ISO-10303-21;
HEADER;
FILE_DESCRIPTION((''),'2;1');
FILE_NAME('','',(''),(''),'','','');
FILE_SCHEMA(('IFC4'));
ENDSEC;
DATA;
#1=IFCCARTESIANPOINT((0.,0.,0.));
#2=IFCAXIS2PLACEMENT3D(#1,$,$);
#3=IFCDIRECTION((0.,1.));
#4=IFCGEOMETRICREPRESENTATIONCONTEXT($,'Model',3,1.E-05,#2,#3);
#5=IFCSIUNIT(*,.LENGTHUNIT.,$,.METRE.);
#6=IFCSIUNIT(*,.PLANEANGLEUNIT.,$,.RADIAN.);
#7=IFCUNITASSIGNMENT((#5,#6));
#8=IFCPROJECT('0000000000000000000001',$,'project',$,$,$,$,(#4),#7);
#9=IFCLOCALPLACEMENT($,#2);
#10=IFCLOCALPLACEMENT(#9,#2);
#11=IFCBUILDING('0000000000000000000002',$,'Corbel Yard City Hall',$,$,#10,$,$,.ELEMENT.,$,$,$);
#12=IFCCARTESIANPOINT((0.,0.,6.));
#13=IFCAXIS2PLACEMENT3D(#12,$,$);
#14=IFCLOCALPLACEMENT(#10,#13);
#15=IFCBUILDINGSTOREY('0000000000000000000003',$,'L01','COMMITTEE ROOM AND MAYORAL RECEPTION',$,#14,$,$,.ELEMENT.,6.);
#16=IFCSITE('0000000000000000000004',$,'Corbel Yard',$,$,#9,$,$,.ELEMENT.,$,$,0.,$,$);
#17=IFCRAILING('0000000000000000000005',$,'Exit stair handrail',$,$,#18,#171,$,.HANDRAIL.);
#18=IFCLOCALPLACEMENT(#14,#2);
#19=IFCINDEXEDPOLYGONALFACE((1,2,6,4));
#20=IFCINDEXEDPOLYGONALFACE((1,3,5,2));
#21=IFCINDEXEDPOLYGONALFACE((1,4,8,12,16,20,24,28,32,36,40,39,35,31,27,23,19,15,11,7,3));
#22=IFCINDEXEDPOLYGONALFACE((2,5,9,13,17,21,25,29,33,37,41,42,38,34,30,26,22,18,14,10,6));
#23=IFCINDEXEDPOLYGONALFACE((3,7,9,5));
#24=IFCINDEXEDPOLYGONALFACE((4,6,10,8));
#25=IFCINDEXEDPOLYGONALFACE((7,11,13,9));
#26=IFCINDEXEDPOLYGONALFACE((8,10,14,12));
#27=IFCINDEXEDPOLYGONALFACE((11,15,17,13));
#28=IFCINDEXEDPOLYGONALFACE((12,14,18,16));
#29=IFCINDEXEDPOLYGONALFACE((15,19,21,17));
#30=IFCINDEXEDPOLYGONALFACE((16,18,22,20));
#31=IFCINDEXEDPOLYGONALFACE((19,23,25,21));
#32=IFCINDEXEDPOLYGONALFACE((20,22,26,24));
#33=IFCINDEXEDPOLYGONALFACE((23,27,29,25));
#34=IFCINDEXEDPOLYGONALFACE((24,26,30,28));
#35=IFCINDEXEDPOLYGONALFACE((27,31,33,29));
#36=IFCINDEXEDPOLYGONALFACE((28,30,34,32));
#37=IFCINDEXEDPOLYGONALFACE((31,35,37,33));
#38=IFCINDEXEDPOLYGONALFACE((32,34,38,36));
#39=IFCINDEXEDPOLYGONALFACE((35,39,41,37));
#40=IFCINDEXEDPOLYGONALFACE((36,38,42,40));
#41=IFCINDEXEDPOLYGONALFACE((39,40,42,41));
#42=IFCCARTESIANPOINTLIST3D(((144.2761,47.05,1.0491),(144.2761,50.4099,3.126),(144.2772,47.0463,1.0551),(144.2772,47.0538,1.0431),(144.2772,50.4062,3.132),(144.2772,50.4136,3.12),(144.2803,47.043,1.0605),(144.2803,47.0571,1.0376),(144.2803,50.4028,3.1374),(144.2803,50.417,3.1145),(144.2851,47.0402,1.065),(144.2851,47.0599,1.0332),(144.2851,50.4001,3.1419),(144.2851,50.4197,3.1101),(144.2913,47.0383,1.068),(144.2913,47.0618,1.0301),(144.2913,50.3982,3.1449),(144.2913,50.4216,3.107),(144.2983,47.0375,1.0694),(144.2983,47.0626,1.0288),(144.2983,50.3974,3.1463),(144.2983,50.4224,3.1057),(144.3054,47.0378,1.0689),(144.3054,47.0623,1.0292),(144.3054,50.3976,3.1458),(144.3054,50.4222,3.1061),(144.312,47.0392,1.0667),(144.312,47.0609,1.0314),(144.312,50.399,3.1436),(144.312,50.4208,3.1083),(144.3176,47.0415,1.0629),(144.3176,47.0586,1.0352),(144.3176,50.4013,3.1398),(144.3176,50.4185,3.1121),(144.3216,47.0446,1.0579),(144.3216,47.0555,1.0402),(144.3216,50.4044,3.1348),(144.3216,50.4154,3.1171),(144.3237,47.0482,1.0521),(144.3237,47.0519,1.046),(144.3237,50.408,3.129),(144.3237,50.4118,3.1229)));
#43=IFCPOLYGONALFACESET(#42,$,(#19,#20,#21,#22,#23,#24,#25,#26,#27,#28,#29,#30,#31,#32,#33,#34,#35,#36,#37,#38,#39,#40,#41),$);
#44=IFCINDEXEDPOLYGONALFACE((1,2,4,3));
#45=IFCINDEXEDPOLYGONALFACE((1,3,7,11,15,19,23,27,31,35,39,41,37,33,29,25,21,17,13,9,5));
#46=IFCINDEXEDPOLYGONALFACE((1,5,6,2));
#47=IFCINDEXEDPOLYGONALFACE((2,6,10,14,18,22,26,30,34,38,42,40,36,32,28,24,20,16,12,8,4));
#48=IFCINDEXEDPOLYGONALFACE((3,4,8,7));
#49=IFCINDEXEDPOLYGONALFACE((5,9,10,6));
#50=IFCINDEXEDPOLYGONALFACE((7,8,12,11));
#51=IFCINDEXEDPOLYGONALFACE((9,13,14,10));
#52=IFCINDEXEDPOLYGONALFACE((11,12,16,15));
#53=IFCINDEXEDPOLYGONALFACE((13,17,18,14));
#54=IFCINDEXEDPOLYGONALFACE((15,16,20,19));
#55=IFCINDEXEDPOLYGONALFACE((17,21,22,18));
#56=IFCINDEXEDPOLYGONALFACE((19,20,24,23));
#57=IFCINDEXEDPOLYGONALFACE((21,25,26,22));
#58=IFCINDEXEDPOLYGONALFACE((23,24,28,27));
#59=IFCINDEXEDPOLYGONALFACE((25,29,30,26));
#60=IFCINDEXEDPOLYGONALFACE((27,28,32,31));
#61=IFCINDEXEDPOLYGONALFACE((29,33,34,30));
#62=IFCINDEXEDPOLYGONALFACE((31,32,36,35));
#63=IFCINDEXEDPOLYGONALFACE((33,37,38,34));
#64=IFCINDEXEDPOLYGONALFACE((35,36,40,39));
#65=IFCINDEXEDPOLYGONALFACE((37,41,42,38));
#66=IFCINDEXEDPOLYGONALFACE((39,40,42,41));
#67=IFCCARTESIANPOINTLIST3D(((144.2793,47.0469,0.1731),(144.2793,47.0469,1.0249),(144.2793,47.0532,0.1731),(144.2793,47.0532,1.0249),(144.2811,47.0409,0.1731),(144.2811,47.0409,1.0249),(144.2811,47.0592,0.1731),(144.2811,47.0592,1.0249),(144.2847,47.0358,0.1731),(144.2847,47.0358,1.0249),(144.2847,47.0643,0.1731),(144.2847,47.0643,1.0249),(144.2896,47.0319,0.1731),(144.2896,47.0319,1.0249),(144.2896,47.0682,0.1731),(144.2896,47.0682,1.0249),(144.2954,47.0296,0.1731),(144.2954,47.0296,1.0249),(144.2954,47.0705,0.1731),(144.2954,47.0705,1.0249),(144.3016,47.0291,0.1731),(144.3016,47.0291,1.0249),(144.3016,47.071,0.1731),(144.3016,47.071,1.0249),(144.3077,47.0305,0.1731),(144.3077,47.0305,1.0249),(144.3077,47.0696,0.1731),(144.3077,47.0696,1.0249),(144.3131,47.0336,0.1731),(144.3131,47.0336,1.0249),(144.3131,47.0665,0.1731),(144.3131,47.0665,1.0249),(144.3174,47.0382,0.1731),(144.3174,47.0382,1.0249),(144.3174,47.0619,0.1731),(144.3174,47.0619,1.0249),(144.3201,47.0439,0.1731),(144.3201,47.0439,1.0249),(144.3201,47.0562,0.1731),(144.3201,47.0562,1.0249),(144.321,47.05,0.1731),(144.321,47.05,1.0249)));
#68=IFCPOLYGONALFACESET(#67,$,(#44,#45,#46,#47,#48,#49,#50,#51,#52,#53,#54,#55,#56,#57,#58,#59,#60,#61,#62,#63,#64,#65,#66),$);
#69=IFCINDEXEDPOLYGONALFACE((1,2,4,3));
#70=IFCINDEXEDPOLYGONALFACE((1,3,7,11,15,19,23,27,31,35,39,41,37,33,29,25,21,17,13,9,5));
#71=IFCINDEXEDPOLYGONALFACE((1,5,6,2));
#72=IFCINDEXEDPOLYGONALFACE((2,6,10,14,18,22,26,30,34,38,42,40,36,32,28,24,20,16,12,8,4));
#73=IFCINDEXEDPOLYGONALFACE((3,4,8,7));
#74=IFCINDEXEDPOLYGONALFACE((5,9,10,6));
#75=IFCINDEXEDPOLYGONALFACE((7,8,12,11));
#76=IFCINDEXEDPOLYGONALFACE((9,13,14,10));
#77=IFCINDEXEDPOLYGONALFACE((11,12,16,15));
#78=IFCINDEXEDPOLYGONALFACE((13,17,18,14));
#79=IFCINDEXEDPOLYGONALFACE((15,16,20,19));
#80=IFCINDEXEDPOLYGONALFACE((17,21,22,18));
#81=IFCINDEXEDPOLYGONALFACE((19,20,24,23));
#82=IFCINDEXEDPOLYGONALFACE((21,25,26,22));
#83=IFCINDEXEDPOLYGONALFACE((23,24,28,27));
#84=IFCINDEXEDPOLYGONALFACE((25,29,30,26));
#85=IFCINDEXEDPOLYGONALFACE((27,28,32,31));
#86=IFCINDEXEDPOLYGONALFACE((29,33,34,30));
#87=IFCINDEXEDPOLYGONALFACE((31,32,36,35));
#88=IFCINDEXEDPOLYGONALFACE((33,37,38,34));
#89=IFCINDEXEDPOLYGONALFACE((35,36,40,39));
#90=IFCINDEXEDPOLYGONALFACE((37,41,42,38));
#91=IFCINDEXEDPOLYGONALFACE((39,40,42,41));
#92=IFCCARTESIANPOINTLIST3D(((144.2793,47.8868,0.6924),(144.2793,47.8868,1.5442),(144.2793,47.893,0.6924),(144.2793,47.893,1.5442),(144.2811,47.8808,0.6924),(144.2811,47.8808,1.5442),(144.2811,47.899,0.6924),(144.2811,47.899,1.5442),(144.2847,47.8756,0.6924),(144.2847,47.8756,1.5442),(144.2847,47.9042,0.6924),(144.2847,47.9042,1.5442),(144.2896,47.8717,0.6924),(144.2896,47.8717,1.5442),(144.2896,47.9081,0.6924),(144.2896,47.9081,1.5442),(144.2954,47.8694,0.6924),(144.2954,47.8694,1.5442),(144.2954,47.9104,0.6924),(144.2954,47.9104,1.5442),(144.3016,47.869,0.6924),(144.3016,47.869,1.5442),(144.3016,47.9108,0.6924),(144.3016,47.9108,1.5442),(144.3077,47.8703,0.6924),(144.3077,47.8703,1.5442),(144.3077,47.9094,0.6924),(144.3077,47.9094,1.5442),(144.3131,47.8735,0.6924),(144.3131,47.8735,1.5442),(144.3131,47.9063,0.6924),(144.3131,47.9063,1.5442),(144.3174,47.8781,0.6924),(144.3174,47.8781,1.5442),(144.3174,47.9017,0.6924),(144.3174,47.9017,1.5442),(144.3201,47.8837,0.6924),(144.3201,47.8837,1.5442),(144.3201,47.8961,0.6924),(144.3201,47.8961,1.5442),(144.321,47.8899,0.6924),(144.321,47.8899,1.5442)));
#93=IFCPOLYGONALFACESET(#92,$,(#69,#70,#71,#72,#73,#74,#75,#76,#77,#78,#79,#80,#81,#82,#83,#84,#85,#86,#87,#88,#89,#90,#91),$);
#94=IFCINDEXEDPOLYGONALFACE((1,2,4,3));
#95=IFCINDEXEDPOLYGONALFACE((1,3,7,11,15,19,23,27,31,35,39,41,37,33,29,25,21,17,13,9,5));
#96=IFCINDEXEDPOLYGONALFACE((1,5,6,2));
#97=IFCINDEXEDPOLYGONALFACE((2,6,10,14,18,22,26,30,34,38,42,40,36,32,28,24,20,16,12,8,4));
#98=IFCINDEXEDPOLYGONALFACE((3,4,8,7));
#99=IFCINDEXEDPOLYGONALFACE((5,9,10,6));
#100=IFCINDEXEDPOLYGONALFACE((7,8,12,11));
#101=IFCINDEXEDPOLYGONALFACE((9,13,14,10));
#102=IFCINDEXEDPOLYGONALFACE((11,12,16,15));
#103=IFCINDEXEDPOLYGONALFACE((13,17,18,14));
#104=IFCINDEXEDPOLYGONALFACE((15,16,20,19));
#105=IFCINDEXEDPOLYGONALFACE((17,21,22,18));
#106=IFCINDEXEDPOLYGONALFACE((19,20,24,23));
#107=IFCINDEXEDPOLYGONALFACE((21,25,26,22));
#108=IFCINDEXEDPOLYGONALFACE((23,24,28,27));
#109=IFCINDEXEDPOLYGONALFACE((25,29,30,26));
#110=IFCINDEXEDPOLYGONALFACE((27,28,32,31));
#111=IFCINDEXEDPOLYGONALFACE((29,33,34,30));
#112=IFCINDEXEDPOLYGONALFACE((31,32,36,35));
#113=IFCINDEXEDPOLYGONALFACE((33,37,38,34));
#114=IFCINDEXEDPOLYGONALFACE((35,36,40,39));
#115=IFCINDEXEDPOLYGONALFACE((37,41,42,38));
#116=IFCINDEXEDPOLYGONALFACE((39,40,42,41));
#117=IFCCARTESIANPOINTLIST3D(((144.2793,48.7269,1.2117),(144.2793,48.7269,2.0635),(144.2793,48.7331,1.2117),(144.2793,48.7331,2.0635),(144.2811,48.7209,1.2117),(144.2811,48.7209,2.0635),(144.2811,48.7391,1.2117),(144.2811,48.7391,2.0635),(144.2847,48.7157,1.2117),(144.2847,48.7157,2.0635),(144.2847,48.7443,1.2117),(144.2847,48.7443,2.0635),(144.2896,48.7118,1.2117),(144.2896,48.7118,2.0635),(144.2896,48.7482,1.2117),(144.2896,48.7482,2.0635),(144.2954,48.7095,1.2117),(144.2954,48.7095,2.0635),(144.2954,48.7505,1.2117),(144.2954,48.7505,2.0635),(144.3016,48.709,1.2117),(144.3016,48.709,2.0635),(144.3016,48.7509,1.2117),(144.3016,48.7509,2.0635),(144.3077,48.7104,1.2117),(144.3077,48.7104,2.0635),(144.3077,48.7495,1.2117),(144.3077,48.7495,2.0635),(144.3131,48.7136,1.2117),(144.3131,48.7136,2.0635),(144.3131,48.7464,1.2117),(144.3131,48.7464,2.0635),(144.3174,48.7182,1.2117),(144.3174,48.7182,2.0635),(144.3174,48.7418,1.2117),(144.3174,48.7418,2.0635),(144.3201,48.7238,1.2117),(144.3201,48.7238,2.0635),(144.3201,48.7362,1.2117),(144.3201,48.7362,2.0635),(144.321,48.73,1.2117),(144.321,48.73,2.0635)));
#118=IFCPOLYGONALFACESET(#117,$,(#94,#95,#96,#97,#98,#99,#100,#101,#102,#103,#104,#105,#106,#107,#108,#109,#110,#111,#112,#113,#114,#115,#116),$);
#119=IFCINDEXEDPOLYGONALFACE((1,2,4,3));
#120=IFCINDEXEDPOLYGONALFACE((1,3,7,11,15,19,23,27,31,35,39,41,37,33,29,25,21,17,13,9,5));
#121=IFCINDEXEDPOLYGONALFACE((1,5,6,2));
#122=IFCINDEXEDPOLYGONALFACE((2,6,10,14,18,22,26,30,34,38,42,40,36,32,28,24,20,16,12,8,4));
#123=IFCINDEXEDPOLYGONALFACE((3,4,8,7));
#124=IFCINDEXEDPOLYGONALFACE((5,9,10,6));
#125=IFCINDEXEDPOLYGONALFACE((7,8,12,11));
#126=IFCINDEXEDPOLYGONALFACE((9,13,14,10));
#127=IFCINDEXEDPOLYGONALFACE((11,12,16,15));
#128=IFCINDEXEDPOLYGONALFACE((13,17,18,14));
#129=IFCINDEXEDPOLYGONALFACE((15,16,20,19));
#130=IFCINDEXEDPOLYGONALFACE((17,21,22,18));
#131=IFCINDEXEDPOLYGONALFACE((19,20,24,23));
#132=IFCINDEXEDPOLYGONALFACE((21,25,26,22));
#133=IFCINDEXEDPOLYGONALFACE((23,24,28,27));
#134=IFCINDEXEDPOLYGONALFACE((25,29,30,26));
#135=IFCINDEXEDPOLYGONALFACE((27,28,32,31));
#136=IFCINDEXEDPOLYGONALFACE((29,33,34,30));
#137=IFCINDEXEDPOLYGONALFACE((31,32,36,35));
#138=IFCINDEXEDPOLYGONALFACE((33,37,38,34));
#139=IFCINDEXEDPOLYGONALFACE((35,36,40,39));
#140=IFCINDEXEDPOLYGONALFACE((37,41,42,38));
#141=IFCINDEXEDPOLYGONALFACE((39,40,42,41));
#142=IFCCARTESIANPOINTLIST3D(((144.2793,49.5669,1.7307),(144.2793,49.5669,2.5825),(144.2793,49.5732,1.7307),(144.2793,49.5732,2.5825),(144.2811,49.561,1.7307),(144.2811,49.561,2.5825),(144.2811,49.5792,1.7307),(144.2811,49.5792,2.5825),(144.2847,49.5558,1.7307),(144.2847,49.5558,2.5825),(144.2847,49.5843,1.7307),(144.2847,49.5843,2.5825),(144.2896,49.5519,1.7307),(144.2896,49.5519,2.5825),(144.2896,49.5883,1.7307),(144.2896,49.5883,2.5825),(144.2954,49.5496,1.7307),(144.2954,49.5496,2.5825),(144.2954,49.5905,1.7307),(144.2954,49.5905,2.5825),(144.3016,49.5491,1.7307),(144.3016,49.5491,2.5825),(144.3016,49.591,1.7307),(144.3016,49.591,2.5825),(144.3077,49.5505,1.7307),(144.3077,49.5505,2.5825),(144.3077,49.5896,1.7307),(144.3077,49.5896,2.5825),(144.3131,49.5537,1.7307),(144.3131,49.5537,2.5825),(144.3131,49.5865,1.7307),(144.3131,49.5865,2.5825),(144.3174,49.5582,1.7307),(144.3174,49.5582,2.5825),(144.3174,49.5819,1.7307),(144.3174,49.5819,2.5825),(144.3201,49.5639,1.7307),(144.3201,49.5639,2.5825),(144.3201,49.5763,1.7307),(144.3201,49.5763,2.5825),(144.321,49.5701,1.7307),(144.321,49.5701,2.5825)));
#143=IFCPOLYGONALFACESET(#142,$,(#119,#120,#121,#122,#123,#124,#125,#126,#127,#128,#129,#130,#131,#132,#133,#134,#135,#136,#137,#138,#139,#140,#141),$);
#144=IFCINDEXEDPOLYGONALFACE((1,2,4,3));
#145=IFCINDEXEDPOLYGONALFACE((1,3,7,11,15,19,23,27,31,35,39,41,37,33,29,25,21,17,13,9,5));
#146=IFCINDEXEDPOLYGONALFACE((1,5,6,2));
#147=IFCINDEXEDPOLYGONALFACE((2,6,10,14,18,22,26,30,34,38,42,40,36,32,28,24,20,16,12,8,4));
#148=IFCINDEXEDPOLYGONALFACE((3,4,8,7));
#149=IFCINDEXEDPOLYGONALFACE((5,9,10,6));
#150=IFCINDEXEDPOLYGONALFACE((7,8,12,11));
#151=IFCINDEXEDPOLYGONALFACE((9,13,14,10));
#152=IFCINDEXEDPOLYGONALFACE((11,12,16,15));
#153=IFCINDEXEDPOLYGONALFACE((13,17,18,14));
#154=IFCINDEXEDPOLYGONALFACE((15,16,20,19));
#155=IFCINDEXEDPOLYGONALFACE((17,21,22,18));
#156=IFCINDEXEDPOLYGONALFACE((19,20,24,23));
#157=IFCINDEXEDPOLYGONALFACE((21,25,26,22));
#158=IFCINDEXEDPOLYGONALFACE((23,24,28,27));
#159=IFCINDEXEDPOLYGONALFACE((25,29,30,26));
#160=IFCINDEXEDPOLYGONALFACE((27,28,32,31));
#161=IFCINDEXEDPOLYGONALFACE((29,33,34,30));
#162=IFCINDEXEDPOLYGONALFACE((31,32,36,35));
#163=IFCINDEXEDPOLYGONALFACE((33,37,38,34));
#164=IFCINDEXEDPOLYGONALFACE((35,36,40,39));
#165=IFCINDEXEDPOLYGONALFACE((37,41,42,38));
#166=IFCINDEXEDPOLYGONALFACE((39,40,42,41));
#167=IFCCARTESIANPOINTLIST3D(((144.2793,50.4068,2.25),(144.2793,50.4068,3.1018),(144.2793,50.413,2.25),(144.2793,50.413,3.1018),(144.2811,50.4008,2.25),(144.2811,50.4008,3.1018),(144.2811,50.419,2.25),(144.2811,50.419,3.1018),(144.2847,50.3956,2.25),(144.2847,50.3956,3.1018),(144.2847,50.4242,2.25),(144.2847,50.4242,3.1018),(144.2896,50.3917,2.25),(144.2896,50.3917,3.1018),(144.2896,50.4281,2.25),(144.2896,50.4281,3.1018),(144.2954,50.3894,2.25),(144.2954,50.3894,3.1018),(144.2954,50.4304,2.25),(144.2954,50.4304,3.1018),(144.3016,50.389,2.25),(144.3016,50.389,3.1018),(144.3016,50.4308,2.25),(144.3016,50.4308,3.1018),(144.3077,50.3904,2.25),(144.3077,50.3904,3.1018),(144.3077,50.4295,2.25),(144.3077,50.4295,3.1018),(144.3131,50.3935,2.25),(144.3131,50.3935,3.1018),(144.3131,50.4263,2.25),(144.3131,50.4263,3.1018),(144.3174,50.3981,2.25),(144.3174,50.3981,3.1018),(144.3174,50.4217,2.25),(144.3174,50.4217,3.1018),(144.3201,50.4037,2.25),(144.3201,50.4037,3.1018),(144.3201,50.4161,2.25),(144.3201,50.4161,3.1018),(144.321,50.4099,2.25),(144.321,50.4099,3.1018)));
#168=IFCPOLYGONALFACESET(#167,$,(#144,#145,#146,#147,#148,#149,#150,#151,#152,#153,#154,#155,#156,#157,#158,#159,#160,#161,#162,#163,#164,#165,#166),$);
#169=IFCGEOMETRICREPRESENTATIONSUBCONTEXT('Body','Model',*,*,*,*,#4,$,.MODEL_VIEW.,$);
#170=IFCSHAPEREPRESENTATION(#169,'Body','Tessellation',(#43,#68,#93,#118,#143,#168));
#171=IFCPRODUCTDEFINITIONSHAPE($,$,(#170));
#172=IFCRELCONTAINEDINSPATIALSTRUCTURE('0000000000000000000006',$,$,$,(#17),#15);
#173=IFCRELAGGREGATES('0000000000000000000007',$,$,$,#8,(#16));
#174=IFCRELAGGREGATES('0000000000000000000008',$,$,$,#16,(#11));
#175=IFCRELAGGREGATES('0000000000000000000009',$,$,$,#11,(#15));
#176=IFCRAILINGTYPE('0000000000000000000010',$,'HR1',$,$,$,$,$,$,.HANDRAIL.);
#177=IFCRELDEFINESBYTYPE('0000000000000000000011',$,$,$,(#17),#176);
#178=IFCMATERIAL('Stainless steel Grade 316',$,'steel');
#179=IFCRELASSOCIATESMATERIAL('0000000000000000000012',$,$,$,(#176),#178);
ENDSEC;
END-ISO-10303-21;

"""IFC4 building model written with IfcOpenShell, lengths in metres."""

from ifc_helpers import new_model, si_unit, direction, frame, origin, origin_2d, place, context, subcontext, project, spatial, circle, extrude, material, type_object, element, save


model = new_model("IFC4")

# Units and contexts
model_context = context("Model", 3, precision=1e-05, world=origin(), true_north=direction((0.0, 1.0)))
body_context = subcontext(model_context, "Body", "Model", "MODEL_VIEW")
ifc_project = project(units=[si_unit("LENGTHUNIT", "METRE"), si_unit("PLANEANGLEUNIT", "RADIAN")], contexts=[model_context])

# Site, building, storey
site_placement = place(None, origin())
site = spatial("IfcSite", under=ifc_project, at=site_placement, Name="Corbel Yard", CompositionType="ELEMENT", RefElevation=0.0)
building_placement = place(site_placement, origin())
building = spatial("IfcBuilding", under=site, at=building_placement, Name="Corbel Yard City Hall", CompositionType="ELEMENT")
storey_placement = place(building_placement, frame((0.0, 0.0, 6.0)))
storey = spatial("IfcBuildingStorey", under=building, at=storey_placement, Name="L01", Description="COMMITTEE ROOM AND MAYORAL RECEPTION", CompositionType="ELEMENT", Elevation=6.0)

# Shared definitions
ifc_material_1 = material(Name="Stainless steel Grade 316", Category="steel")

# Railing
railing_type_1 = type_object("IfcRailingType", Name="HR1", PredefinedType="HANDRAIL", material=ifc_material_1)
for number, where, name in (
    (1, (144.3, 47.05, 0.1731), "Exit stair handrail"),
):
    element("IfcRailing", number, at=place(storey_placement, frame(where)), inside=storey, type_object=railing_type_1, Name=name, PredefinedType="HANDRAIL", context=body_context, shape_type="SweptSolid", body=[
        extrude(circle(Radius=0.0239, at=origin_2d()), frame((0.0, 0.0, 0.876), z_axis=(0.0, 0.850606, 0.525803), x_axis=(-1.0, 0.0, 0.0)), (0.0, 0.0, 1.0), 3.95),
        extrude(circle(Radius=0.021, at=origin_2d()), origin(), (0.0, 0.0, 1.0), 0.8518),
        extrude(circle(Radius=0.021, at=origin_2d()), frame((0.0, 0.8398, 0.5193)), (0.0, 0.0, 1.0), 0.8518),
        extrude(circle(Radius=0.021, at=origin_2d()), frame((0.0, 1.6799, 1.0386)), (0.0, 0.0, 1.0), 0.8518),
        extrude(circle(Radius=0.021, at=origin_2d()), frame((0.0, 2.52, 1.5576)), (0.0, 0.0, 1.0), 0.8518),
        extrude(circle(Radius=0.021, at=origin_2d()), frame((0.0, 3.3599, 2.0769)), (0.0, 0.0, 1.0), 0.8518),
    ])

save(model, "model.ifc")
